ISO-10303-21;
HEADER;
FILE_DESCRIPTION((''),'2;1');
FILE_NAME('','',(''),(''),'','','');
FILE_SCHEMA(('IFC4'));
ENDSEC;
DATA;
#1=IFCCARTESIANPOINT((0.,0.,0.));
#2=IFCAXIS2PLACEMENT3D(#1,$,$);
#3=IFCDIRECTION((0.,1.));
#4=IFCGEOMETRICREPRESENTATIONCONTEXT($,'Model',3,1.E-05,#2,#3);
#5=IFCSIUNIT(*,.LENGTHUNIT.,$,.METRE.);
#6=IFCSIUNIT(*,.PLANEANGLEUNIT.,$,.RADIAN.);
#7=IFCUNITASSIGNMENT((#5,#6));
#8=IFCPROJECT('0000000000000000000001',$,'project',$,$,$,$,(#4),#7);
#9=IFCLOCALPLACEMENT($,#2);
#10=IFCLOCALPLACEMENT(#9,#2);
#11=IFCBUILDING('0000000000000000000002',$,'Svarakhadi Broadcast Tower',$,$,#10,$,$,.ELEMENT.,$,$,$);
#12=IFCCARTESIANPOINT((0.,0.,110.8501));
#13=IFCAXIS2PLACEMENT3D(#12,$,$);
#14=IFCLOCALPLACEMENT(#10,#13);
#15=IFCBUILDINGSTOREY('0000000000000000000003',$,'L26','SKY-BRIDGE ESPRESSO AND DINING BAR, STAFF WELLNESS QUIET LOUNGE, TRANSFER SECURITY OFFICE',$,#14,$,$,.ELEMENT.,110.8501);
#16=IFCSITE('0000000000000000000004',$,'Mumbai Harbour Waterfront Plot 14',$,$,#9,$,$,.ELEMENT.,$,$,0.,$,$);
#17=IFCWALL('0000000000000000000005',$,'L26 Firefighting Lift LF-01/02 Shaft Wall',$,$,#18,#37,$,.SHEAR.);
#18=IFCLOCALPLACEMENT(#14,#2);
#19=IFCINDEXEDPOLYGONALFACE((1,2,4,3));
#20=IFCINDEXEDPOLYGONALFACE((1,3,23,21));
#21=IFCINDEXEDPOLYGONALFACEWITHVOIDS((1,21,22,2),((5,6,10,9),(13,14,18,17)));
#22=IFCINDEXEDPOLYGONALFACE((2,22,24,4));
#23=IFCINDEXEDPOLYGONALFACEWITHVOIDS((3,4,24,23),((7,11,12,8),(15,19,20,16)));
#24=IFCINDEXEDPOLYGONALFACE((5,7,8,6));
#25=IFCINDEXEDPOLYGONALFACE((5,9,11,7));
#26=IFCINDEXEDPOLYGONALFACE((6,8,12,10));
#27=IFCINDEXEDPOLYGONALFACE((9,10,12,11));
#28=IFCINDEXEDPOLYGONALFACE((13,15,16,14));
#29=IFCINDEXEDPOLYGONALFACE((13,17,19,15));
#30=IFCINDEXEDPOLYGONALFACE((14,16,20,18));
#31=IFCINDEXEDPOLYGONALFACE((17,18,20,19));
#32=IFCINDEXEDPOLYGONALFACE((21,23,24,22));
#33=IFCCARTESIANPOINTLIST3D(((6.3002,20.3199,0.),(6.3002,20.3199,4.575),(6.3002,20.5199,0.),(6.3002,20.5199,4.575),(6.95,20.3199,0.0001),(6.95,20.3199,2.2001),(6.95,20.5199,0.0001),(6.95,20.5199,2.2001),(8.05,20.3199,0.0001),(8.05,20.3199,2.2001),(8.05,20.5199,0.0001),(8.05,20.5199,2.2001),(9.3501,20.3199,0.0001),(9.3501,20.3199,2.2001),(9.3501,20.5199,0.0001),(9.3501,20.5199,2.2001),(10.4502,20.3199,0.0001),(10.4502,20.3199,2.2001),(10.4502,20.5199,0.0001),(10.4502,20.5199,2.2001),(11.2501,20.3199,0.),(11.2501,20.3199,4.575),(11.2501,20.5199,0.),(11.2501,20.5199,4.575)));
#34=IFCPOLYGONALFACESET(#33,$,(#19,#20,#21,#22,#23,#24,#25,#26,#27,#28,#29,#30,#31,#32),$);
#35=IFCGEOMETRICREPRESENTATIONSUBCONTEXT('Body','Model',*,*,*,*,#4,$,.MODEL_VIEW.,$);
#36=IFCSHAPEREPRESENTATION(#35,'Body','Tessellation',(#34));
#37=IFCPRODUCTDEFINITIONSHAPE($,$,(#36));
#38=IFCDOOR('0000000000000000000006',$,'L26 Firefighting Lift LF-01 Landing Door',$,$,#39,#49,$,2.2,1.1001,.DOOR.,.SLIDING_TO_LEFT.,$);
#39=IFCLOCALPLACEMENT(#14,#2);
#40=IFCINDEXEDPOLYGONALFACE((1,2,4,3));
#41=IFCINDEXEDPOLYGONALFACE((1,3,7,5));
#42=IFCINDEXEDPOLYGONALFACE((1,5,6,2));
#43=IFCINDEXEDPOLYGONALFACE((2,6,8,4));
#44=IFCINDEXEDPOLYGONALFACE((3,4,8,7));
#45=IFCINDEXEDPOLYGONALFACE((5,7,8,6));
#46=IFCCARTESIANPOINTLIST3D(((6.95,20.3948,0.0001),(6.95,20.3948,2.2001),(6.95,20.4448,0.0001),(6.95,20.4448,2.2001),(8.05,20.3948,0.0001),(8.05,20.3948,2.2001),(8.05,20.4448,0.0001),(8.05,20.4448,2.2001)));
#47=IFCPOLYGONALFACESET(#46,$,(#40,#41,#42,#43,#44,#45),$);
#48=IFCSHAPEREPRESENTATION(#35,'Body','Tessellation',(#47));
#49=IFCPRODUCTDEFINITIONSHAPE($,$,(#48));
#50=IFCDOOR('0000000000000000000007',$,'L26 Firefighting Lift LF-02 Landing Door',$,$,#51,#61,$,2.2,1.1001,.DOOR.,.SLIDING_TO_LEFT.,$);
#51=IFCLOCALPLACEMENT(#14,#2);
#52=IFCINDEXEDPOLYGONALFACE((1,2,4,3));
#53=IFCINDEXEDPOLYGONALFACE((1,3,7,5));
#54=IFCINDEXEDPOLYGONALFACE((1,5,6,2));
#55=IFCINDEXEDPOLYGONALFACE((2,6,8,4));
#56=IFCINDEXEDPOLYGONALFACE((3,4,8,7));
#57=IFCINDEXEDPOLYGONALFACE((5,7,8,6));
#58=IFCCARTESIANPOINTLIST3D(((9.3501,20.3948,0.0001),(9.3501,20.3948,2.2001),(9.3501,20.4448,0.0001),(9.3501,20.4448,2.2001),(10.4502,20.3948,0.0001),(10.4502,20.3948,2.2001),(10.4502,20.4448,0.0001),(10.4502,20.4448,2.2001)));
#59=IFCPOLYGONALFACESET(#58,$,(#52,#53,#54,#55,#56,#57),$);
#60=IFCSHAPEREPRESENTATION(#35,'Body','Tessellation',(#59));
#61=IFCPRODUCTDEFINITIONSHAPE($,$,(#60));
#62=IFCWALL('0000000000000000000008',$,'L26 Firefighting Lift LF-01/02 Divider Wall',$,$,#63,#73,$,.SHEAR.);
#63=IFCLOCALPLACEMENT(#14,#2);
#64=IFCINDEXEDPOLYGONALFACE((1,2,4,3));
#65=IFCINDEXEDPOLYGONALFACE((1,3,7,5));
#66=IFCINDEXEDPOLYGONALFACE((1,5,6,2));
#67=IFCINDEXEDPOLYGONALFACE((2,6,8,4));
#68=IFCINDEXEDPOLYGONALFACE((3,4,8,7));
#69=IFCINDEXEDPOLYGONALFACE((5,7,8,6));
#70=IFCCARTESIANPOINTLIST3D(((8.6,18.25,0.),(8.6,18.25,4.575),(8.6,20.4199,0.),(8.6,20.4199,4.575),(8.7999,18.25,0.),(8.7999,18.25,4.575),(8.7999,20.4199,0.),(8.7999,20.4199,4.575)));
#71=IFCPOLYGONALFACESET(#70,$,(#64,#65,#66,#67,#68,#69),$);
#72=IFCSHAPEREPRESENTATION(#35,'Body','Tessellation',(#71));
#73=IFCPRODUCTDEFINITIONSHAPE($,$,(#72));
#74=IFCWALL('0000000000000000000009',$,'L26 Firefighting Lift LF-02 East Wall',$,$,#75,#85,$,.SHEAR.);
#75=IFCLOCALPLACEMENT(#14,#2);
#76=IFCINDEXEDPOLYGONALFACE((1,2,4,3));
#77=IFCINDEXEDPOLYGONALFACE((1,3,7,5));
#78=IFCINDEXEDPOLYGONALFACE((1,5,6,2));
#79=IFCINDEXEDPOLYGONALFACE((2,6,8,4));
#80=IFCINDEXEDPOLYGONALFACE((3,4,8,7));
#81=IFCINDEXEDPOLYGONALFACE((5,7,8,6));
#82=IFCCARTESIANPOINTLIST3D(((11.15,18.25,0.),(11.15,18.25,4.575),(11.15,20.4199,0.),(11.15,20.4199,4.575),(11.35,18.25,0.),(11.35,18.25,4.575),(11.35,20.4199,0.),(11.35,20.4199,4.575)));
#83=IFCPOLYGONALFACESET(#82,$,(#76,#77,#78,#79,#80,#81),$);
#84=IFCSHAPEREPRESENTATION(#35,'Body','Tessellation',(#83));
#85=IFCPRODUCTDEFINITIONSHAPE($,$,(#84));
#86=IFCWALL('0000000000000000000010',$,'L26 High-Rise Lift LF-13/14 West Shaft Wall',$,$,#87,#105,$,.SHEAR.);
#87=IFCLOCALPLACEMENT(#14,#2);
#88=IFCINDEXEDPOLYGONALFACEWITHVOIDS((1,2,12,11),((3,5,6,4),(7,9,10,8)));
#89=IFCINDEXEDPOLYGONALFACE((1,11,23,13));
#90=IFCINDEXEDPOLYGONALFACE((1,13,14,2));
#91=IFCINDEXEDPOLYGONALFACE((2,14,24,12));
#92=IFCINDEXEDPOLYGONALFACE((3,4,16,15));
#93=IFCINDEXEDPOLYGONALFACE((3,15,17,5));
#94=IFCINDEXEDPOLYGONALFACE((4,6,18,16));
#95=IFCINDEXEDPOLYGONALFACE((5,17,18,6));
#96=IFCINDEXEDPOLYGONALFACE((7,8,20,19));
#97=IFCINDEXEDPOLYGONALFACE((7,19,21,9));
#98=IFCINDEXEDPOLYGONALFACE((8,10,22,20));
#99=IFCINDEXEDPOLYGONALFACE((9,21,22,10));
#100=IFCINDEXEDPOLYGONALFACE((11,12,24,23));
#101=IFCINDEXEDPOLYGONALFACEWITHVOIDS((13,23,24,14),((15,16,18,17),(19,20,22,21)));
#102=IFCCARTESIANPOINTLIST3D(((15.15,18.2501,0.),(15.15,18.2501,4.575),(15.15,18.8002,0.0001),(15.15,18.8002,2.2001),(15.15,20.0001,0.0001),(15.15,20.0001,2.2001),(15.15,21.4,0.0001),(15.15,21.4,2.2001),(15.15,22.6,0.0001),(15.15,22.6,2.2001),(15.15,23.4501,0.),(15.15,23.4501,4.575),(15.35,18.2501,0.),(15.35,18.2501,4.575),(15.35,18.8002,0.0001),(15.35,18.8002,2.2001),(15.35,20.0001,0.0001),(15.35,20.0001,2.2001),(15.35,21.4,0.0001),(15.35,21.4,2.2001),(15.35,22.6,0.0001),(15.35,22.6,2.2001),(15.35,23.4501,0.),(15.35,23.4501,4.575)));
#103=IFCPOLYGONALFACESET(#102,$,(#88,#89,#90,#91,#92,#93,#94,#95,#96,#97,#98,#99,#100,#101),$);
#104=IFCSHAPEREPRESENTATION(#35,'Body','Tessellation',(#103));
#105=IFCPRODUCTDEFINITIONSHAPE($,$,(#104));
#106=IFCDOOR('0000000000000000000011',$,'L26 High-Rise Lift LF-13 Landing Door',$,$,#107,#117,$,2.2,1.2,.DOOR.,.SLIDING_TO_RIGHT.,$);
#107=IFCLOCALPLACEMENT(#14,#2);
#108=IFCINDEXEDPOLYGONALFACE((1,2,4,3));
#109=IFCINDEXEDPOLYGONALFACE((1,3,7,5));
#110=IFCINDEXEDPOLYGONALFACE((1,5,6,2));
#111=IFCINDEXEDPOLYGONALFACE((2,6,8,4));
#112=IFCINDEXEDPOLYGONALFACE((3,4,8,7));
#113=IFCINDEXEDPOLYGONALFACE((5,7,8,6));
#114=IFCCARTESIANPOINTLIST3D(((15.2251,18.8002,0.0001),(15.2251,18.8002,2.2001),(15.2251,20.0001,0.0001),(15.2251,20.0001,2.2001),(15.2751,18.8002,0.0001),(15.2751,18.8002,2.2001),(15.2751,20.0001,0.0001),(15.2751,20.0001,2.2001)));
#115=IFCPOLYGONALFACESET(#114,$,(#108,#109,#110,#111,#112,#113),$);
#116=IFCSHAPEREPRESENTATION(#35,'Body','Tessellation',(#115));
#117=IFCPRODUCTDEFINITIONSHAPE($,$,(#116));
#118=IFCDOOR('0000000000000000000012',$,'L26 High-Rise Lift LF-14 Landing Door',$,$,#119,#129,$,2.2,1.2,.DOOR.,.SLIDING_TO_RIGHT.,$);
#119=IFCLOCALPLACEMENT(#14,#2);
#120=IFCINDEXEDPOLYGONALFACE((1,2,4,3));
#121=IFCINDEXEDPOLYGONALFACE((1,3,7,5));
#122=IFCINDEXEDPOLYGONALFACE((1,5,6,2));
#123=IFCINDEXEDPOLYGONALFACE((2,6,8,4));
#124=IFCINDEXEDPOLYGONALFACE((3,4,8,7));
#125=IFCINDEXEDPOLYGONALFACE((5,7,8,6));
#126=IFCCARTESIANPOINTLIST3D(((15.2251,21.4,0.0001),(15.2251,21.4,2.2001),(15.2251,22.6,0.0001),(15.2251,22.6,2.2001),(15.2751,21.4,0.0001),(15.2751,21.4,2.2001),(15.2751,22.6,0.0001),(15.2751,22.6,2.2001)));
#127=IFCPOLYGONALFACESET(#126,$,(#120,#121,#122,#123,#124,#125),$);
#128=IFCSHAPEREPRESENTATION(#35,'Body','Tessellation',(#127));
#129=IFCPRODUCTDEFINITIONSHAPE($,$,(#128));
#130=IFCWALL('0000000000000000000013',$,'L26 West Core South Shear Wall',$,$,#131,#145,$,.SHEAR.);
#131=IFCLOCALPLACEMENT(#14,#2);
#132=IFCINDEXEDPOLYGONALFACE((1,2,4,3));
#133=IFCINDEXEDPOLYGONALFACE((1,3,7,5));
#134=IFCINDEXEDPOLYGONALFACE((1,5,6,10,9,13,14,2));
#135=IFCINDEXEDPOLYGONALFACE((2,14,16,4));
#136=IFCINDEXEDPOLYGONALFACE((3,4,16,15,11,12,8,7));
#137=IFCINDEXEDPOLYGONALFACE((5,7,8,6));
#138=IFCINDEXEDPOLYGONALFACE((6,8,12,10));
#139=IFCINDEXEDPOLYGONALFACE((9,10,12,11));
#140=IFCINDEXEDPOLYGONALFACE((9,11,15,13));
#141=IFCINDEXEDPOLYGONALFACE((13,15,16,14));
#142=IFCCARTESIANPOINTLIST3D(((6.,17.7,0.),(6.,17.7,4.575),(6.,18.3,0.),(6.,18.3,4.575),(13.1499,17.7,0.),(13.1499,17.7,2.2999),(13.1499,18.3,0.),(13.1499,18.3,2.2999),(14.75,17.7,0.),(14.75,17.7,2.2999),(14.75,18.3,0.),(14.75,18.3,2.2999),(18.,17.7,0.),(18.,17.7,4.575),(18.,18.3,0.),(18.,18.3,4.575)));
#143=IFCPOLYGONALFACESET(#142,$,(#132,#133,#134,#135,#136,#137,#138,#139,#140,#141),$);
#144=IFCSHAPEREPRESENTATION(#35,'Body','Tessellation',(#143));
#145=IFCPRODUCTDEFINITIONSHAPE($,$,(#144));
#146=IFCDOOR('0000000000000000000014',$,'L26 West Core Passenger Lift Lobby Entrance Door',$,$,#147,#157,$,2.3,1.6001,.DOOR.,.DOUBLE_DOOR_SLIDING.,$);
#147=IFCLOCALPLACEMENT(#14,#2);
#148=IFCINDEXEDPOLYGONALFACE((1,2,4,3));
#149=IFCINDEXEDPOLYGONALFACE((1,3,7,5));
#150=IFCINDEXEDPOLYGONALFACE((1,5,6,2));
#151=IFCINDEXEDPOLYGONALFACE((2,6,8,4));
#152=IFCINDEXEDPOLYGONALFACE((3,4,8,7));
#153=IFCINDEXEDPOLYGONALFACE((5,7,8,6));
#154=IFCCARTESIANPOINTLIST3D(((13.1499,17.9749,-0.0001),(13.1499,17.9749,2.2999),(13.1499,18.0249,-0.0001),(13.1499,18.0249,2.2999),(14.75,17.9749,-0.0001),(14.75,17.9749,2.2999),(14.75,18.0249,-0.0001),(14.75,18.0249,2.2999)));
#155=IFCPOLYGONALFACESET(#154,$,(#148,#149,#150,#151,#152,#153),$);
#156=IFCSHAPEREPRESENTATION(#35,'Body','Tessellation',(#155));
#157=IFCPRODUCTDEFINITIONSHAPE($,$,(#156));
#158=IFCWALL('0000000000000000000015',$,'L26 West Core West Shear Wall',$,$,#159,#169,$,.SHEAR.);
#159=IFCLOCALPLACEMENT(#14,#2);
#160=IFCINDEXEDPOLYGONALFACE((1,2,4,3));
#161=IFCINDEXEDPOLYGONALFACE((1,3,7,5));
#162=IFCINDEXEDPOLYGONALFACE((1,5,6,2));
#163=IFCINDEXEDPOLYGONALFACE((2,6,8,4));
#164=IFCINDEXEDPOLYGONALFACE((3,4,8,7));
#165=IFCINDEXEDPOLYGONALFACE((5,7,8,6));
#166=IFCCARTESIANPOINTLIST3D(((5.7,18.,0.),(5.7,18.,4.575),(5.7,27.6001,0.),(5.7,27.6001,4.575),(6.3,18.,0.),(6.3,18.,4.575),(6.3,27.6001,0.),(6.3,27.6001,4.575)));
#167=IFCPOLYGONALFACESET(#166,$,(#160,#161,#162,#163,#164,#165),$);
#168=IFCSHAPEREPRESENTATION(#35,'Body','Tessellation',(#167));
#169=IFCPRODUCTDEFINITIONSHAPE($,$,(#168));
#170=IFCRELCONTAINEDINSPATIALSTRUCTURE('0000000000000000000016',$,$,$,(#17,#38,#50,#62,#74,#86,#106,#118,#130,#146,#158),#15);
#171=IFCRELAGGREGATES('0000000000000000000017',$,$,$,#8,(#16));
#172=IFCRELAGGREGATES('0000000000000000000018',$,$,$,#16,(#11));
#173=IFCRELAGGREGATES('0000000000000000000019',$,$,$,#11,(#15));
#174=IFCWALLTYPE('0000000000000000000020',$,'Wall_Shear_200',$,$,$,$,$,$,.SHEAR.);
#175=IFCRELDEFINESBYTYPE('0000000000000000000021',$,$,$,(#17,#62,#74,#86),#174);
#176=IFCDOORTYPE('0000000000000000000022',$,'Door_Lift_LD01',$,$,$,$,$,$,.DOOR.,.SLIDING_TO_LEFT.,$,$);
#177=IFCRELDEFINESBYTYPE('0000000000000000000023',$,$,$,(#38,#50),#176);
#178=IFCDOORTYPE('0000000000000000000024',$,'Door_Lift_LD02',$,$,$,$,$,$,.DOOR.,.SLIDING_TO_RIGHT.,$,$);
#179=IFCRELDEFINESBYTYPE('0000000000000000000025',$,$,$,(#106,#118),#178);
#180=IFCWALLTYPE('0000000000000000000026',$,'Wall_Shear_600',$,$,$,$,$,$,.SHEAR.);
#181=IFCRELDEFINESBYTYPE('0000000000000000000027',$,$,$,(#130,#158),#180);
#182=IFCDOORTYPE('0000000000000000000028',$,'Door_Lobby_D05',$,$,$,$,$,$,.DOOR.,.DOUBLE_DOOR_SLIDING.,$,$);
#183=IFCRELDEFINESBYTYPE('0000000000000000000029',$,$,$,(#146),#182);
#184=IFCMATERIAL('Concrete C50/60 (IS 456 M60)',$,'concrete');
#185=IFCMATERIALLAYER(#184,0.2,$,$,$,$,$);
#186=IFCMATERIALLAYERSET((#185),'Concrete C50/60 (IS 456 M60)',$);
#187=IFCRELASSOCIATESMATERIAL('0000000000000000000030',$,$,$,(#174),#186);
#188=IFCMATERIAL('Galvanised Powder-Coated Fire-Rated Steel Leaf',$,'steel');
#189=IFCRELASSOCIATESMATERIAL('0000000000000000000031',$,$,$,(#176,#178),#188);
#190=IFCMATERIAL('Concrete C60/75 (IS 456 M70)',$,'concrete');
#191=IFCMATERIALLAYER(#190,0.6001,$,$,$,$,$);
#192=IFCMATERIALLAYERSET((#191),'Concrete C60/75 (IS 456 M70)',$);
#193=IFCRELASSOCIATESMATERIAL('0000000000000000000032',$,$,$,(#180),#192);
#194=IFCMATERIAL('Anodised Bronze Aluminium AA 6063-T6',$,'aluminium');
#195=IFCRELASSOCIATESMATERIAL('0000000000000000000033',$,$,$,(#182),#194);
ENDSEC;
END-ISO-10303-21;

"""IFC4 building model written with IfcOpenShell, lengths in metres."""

from ifc_helpers import new_model, si_unit, direction, frame, frame_2d, origin, place, context, subcontext, project, spatial, rectangle, extrude, material, layer, layer_set, type_object, element, fill, save


model = new_model("IFC4")

# Units and contexts
model_context = context("Model", 3, precision=1e-05, world=origin(), true_north=direction((0.0, 1.0)))
body_context = subcontext(model_context, "Body", "Model", "MODEL_VIEW")
ifc_project = project(units=[si_unit("LENGTHUNIT", "METRE"), si_unit("PLANEANGLEUNIT", "RADIAN")], contexts=[model_context])

# Site, building, storey
site_placement = place(None, origin())
site = spatial("IfcSite", under=ifc_project, at=site_placement, Name="Mumbai Harbour Waterfront Plot 14", CompositionType="ELEMENT", RefElevation=0.0)
building_placement = place(site_placement, origin())
building = spatial("IfcBuilding", under=site, at=building_placement, Name="Svarakhadi Broadcast Tower", CompositionType="ELEMENT")
storey_placement = place(building_placement, frame((0.0, 0.0, 110.8501)))
storey = spatial("IfcBuildingStorey", under=building, at=storey_placement, Name="L26", Description="SKY-BRIDGE ESPRESSO AND DINING BAR, STAFF WELLNESS QUIET LOUNGE, TRANSFER SECURITY OFFICE", CompositionType="ELEMENT", Elevation=110.8501)

# Shared definitions
ifc_material_1 = material(Name="Concrete C50/60 (IS 456 M60)", Category="concrete")

# Wall, openings, doors
ifc_layer_1 = layer(ifc_material_1, 0.2)
ifc_layer_set_1 = layer_set([ifc_layer_1], Name="Concrete C50/60 (IS 456 M60)")
wall_type_1 = type_object("IfcWallType", Name="Wall_Shear_200", PredefinedType="SHEAR", material=ifc_layer_set_1)
wall_1_placement = place(storey_placement, frame((6.3, 20.4199, 0.0), z_axis=(0.0, 0.0, 1.0), x_axis=(1.0, 0.0, 0.0)))
wall_1 = element("IfcWall", 1, at=wall_1_placement, inside=storey, type_object=wall_type_1, Name="L26 Firefighting Lift LF-01/02 Shaft Wall", PredefinedType="SHEAR", context=body_context, shape_type="SweptSolid", body=[
    extrude(rectangle(XDim=4.95, YDim=0.2, at=frame_2d((2.4751, 0.0))), origin(), (0.0, 0.0, 1.0), 4.575),
])
opening_1_placement = place(wall_1_placement, frame((0.6499, 0.0, 0.0)))
opening_1 = element("IfcOpeningElement", 2, at=opening_1_placement, cuts=wall_1, PredefinedType="OPENING", context=body_context, shape_type="SweptSolid", body=[
    extrude(rectangle(XDim=1.1001, YDim=2.2, at=frame_2d((0.55, 1.1001))), frame((0.0, 0.1099, 0.0), z_axis=(0.0, -1.0, 0.0), x_axis=(1.0, 0.0, 0.0)), (0.0, 0.0, 1.0), 0.22),
])
opening_2_placement = place(wall_1_placement, frame((3.05, 0.0, 0.0)))
opening_2 = element("IfcOpeningElement", 3, at=opening_2_placement, cuts=wall_1, PredefinedType="OPENING", context=body_context, shape_type="SweptSolid", body=[
    extrude(rectangle(XDim=1.1001, YDim=2.2, at=frame_2d((0.55, 1.1001))), frame((0.0, 0.1099, 0.0), z_axis=(0.0, -1.0, 0.0), x_axis=(1.0, 0.0, 0.0)), (0.0, 0.0, 1.0), 0.22),
])
ifc_material_2 = material(Name="Galvanised Powder-Coated Fire-Rated Steel Leaf", Category="steel")
door_type_1 = type_object("IfcDoorType", Name="Door_Lift_LD01", OperationType="SLIDING_TO_LEFT", PredefinedType="DOOR", material=ifc_material_2)
door_1_placement = place(opening_1_placement, origin())
door_1 = element("IfcDoor", 4, at=door_1_placement, inside=storey, type_object=door_type_1, Name="L26 Firefighting Lift LF-01 Landing Door", OperationType="SLIDING_TO_LEFT", OverallHeight=2.2, OverallWidth=1.1001, PredefinedType="DOOR", context=body_context, shape_type="SweptSolid", body=[
    extrude(rectangle(XDim=1.1001, YDim=2.2, at=frame_2d((0.55, 1.1001))), frame((0.0, 0.0249, 0.0), z_axis=(0.0, -1.0, 0.0), x_axis=(1.0, 0.0, 0.0)), (0.0, 0.0, 1.0), 0.05),
])
fill(opening_1, door_1)
door_2_placement = place(opening_2_placement, origin())
door_2 = element("IfcDoor", 5, at=door_2_placement, inside=storey, type_object=door_type_1, Name="L26 Firefighting Lift LF-02 Landing Door", OperationType="SLIDING_TO_LEFT", OverallHeight=2.2, OverallWidth=1.1001, PredefinedType="DOOR", context=body_context, shape_type="SweptSolid", body=[
    extrude(rectangle(XDim=1.1001, YDim=2.2, at=frame_2d((0.55, 1.1001))), frame((0.0, 0.0249, 0.0), z_axis=(0.0, -1.0, 0.0), x_axis=(1.0, 0.0, 0.0)), (0.0, 0.0, 1.0), 0.05),
])
fill(opening_2, door_2)

# Walls
for number, where, z_axis, x_axis, name in (
    (6, (8.7, 18.25, 0.0), (0.0, 0.0, 1.0), (0.0, 1.0, 0.0), "L26 Firefighting Lift LF-01/02 Divider Wall"),
    (7, (11.25, 18.25, 0.0), (0.0, 0.0, 1.0), (0.0, 1.0, 0.0), "L26 Firefighting Lift LF-02 East Wall"),
):
    element("IfcWall", number, at=place(storey_placement, frame(where, z_axis=z_axis, x_axis=x_axis)), inside=storey, type_object=wall_type_1, Name=name, PredefinedType="SHEAR", context=body_context, shape_type="SweptSolid", body=[
        extrude(rectangle(XDim=2.1699, YDim=0.2, at=frame_2d((1.085, 0.0))), origin(), (0.0, 0.0, 1.0), 4.575),
    ])

# Wall, openings, doors
wall_2_placement = place(storey_placement, frame((15.25, 18.25, 0.0), z_axis=(0.0, 0.0, 1.0), x_axis=(0.0, 1.0, 0.0)))
wall_2 = element("IfcWall", 8, at=wall_2_placement, inside=storey, type_object=wall_type_1, Name="L26 High-Rise Lift LF-13/14 West Shaft Wall", PredefinedType="SHEAR", context=body_context, shape_type="SweptSolid", body=[
    extrude(rectangle(XDim=5.2, YDim=0.2, at=frame_2d((2.6001, 0.0))), origin(), (0.0, 0.0, 1.0), 4.575),
])
opening_3_placement = place(wall_2_placement, frame((0.55, 0.0, 0.0)))
opening_3 = element("IfcOpeningElement", 9, at=opening_3_placement, cuts=wall_2, PredefinedType="OPENING", context=body_context, shape_type="SweptSolid", body=[
    extrude(rectangle(XDim=1.2, YDim=2.2, at=frame_2d((0.6001, 1.1001))), frame((0.0, 0.1099, 0.0), z_axis=(0.0, -1.0, 0.0), x_axis=(1.0, 0.0, 0.0)), (0.0, 0.0, 1.0), 0.22),
])
opening_4_placement = place(wall_2_placement, frame((3.1499, 0.0, 0.0)))
opening_4 = element("IfcOpeningElement", 10, at=opening_4_placement, cuts=wall_2, PredefinedType="OPENING", context=body_context, shape_type="SweptSolid", body=[
    extrude(rectangle(XDim=1.2, YDim=2.2, at=frame_2d((0.6001, 1.1001))), frame((0.0, 0.1099, 0.0), z_axis=(0.0, -1.0, 0.0), x_axis=(1.0, 0.0, 0.0)), (0.0, 0.0, 1.0), 0.22),
])
door_type_2 = type_object("IfcDoorType", Name="Door_Lift_LD02", OperationType="SLIDING_TO_RIGHT", PredefinedType="DOOR", material=ifc_material_2)
door_3_placement = place(opening_3_placement, origin())
door_3 = element("IfcDoor", 11, at=door_3_placement, inside=storey, type_object=door_type_2, Name="L26 High-Rise Lift LF-13 Landing Door", OperationType="SLIDING_TO_RIGHT", OverallHeight=2.2, OverallWidth=1.2, PredefinedType="DOOR", context=body_context, shape_type="SweptSolid", body=[
    extrude(rectangle(XDim=1.2, YDim=2.2, at=frame_2d((0.6001, 1.1001))), frame((0.0, 0.0249, 0.0), z_axis=(0.0, -1.0, 0.0), x_axis=(1.0, 0.0, 0.0)), (0.0, 0.0, 1.0), 0.05),
])
fill(opening_3, door_3)
door_4_placement = place(opening_4_placement, origin())
door_4 = element("IfcDoor", 12, at=door_4_placement, inside=storey, type_object=door_type_2, Name="L26 High-Rise Lift LF-14 Landing Door", OperationType="SLIDING_TO_RIGHT", OverallHeight=2.2, OverallWidth=1.2, PredefinedType="DOOR", context=body_context, shape_type="SweptSolid", body=[
    extrude(rectangle(XDim=1.2, YDim=2.2, at=frame_2d((0.6001, 1.1001))), frame((0.0, 0.0249, 0.0), z_axis=(0.0, -1.0, 0.0), x_axis=(1.0, 0.0, 0.0)), (0.0, 0.0, 1.0), 0.05),
])
fill(opening_4, door_4)

# Wall, opening, door
ifc_material_3 = material(Name="Concrete C60/75 (IS 456 M70)", Category="concrete")
ifc_layer_2 = layer(ifc_material_3, 0.6001)
ifc_layer_set_2 = layer_set([ifc_layer_2], Name="Concrete C60/75 (IS 456 M70)")
wall_type_2 = type_object("IfcWallType", Name="Wall_Shear_600", PredefinedType="SHEAR", material=ifc_layer_set_2)
wall_3_placement = place(storey_placement, frame((6.0, 18.0, 0.0), z_axis=(0.0, 0.0, 1.0), x_axis=(1.0, 0.0, 0.0)))
wall_3 = element("IfcWall", 13, at=wall_3_placement, inside=storey, type_object=wall_type_2, Name="L26 West Core South Shear Wall", PredefinedType="SHEAR", context=body_context, shape_type="SweptSolid", body=[
    extrude(rectangle(XDim=12.0, YDim=0.6001, at=frame_2d((6.0, 0.0))), origin(), (0.0, 0.0, 1.0), 4.575),
])
opening_5_placement = place(wall_3_placement, frame((7.1499, 0.0, 0.0)))
opening_5 = element("IfcOpeningElement", 14, at=opening_5_placement, cuts=wall_3, PredefinedType="OPENING", context=body_context, shape_type="SweptSolid", body=[
    extrude(rectangle(XDim=1.6001, YDim=2.3, at=frame_2d((0.8, 1.1499))), frame((0.0, 0.3101, 0.0), z_axis=(0.0, -1.0, 0.0), x_axis=(1.0, 0.0, 0.0)), (0.0, 0.0, 1.0), 0.6201),
])
ifc_material_4 = material(Name="Anodised Bronze Aluminium AA 6063-T6", Category="aluminium")
door_type_3 = type_object("IfcDoorType", Name="Door_Lobby_D05", OperationType="DOUBLE_DOOR_SLIDING", PredefinedType="DOOR", material=ifc_material_4)
door_5_placement = place(opening_5_placement, origin())
door_5 = element("IfcDoor", 15, at=door_5_placement, inside=storey, type_object=door_type_3, Name="L26 West Core Passenger Lift Lobby Entrance Door", OperationType="DOUBLE_DOOR_SLIDING", OverallHeight=2.3, OverallWidth=1.6001, PredefinedType="DOOR", context=body_context, shape_type="SweptSolid", body=[
    extrude(rectangle(XDim=1.6001, YDim=2.3, at=frame_2d((0.8, 1.1499))), frame((0.0, 0.0249, 0.0), z_axis=(0.0, -1.0, 0.0), x_axis=(1.0, 0.0, 0.0)), (0.0, 0.0, 1.0), 0.05),
])
fill(opening_5, door_5)

# Wall
wall_4_placement = place(storey_placement, frame((6.0, 18.0, 0.0), z_axis=(0.0, 0.0, 1.0), x_axis=(0.0, 1.0, 0.0)))
element("IfcWall", 16, at=wall_4_placement, inside=storey, type_object=wall_type_2, Name="L26 West Core West Shear Wall", PredefinedType="SHEAR", context=body_context, shape_type="SweptSolid", body=[
    extrude(rectangle(XDim=9.6001, YDim=0.6001, at=frame_2d((4.8, 0.0))), origin(), (0.0, 0.0, 1.0), 4.575),
])

save(model, "model.ifc")
